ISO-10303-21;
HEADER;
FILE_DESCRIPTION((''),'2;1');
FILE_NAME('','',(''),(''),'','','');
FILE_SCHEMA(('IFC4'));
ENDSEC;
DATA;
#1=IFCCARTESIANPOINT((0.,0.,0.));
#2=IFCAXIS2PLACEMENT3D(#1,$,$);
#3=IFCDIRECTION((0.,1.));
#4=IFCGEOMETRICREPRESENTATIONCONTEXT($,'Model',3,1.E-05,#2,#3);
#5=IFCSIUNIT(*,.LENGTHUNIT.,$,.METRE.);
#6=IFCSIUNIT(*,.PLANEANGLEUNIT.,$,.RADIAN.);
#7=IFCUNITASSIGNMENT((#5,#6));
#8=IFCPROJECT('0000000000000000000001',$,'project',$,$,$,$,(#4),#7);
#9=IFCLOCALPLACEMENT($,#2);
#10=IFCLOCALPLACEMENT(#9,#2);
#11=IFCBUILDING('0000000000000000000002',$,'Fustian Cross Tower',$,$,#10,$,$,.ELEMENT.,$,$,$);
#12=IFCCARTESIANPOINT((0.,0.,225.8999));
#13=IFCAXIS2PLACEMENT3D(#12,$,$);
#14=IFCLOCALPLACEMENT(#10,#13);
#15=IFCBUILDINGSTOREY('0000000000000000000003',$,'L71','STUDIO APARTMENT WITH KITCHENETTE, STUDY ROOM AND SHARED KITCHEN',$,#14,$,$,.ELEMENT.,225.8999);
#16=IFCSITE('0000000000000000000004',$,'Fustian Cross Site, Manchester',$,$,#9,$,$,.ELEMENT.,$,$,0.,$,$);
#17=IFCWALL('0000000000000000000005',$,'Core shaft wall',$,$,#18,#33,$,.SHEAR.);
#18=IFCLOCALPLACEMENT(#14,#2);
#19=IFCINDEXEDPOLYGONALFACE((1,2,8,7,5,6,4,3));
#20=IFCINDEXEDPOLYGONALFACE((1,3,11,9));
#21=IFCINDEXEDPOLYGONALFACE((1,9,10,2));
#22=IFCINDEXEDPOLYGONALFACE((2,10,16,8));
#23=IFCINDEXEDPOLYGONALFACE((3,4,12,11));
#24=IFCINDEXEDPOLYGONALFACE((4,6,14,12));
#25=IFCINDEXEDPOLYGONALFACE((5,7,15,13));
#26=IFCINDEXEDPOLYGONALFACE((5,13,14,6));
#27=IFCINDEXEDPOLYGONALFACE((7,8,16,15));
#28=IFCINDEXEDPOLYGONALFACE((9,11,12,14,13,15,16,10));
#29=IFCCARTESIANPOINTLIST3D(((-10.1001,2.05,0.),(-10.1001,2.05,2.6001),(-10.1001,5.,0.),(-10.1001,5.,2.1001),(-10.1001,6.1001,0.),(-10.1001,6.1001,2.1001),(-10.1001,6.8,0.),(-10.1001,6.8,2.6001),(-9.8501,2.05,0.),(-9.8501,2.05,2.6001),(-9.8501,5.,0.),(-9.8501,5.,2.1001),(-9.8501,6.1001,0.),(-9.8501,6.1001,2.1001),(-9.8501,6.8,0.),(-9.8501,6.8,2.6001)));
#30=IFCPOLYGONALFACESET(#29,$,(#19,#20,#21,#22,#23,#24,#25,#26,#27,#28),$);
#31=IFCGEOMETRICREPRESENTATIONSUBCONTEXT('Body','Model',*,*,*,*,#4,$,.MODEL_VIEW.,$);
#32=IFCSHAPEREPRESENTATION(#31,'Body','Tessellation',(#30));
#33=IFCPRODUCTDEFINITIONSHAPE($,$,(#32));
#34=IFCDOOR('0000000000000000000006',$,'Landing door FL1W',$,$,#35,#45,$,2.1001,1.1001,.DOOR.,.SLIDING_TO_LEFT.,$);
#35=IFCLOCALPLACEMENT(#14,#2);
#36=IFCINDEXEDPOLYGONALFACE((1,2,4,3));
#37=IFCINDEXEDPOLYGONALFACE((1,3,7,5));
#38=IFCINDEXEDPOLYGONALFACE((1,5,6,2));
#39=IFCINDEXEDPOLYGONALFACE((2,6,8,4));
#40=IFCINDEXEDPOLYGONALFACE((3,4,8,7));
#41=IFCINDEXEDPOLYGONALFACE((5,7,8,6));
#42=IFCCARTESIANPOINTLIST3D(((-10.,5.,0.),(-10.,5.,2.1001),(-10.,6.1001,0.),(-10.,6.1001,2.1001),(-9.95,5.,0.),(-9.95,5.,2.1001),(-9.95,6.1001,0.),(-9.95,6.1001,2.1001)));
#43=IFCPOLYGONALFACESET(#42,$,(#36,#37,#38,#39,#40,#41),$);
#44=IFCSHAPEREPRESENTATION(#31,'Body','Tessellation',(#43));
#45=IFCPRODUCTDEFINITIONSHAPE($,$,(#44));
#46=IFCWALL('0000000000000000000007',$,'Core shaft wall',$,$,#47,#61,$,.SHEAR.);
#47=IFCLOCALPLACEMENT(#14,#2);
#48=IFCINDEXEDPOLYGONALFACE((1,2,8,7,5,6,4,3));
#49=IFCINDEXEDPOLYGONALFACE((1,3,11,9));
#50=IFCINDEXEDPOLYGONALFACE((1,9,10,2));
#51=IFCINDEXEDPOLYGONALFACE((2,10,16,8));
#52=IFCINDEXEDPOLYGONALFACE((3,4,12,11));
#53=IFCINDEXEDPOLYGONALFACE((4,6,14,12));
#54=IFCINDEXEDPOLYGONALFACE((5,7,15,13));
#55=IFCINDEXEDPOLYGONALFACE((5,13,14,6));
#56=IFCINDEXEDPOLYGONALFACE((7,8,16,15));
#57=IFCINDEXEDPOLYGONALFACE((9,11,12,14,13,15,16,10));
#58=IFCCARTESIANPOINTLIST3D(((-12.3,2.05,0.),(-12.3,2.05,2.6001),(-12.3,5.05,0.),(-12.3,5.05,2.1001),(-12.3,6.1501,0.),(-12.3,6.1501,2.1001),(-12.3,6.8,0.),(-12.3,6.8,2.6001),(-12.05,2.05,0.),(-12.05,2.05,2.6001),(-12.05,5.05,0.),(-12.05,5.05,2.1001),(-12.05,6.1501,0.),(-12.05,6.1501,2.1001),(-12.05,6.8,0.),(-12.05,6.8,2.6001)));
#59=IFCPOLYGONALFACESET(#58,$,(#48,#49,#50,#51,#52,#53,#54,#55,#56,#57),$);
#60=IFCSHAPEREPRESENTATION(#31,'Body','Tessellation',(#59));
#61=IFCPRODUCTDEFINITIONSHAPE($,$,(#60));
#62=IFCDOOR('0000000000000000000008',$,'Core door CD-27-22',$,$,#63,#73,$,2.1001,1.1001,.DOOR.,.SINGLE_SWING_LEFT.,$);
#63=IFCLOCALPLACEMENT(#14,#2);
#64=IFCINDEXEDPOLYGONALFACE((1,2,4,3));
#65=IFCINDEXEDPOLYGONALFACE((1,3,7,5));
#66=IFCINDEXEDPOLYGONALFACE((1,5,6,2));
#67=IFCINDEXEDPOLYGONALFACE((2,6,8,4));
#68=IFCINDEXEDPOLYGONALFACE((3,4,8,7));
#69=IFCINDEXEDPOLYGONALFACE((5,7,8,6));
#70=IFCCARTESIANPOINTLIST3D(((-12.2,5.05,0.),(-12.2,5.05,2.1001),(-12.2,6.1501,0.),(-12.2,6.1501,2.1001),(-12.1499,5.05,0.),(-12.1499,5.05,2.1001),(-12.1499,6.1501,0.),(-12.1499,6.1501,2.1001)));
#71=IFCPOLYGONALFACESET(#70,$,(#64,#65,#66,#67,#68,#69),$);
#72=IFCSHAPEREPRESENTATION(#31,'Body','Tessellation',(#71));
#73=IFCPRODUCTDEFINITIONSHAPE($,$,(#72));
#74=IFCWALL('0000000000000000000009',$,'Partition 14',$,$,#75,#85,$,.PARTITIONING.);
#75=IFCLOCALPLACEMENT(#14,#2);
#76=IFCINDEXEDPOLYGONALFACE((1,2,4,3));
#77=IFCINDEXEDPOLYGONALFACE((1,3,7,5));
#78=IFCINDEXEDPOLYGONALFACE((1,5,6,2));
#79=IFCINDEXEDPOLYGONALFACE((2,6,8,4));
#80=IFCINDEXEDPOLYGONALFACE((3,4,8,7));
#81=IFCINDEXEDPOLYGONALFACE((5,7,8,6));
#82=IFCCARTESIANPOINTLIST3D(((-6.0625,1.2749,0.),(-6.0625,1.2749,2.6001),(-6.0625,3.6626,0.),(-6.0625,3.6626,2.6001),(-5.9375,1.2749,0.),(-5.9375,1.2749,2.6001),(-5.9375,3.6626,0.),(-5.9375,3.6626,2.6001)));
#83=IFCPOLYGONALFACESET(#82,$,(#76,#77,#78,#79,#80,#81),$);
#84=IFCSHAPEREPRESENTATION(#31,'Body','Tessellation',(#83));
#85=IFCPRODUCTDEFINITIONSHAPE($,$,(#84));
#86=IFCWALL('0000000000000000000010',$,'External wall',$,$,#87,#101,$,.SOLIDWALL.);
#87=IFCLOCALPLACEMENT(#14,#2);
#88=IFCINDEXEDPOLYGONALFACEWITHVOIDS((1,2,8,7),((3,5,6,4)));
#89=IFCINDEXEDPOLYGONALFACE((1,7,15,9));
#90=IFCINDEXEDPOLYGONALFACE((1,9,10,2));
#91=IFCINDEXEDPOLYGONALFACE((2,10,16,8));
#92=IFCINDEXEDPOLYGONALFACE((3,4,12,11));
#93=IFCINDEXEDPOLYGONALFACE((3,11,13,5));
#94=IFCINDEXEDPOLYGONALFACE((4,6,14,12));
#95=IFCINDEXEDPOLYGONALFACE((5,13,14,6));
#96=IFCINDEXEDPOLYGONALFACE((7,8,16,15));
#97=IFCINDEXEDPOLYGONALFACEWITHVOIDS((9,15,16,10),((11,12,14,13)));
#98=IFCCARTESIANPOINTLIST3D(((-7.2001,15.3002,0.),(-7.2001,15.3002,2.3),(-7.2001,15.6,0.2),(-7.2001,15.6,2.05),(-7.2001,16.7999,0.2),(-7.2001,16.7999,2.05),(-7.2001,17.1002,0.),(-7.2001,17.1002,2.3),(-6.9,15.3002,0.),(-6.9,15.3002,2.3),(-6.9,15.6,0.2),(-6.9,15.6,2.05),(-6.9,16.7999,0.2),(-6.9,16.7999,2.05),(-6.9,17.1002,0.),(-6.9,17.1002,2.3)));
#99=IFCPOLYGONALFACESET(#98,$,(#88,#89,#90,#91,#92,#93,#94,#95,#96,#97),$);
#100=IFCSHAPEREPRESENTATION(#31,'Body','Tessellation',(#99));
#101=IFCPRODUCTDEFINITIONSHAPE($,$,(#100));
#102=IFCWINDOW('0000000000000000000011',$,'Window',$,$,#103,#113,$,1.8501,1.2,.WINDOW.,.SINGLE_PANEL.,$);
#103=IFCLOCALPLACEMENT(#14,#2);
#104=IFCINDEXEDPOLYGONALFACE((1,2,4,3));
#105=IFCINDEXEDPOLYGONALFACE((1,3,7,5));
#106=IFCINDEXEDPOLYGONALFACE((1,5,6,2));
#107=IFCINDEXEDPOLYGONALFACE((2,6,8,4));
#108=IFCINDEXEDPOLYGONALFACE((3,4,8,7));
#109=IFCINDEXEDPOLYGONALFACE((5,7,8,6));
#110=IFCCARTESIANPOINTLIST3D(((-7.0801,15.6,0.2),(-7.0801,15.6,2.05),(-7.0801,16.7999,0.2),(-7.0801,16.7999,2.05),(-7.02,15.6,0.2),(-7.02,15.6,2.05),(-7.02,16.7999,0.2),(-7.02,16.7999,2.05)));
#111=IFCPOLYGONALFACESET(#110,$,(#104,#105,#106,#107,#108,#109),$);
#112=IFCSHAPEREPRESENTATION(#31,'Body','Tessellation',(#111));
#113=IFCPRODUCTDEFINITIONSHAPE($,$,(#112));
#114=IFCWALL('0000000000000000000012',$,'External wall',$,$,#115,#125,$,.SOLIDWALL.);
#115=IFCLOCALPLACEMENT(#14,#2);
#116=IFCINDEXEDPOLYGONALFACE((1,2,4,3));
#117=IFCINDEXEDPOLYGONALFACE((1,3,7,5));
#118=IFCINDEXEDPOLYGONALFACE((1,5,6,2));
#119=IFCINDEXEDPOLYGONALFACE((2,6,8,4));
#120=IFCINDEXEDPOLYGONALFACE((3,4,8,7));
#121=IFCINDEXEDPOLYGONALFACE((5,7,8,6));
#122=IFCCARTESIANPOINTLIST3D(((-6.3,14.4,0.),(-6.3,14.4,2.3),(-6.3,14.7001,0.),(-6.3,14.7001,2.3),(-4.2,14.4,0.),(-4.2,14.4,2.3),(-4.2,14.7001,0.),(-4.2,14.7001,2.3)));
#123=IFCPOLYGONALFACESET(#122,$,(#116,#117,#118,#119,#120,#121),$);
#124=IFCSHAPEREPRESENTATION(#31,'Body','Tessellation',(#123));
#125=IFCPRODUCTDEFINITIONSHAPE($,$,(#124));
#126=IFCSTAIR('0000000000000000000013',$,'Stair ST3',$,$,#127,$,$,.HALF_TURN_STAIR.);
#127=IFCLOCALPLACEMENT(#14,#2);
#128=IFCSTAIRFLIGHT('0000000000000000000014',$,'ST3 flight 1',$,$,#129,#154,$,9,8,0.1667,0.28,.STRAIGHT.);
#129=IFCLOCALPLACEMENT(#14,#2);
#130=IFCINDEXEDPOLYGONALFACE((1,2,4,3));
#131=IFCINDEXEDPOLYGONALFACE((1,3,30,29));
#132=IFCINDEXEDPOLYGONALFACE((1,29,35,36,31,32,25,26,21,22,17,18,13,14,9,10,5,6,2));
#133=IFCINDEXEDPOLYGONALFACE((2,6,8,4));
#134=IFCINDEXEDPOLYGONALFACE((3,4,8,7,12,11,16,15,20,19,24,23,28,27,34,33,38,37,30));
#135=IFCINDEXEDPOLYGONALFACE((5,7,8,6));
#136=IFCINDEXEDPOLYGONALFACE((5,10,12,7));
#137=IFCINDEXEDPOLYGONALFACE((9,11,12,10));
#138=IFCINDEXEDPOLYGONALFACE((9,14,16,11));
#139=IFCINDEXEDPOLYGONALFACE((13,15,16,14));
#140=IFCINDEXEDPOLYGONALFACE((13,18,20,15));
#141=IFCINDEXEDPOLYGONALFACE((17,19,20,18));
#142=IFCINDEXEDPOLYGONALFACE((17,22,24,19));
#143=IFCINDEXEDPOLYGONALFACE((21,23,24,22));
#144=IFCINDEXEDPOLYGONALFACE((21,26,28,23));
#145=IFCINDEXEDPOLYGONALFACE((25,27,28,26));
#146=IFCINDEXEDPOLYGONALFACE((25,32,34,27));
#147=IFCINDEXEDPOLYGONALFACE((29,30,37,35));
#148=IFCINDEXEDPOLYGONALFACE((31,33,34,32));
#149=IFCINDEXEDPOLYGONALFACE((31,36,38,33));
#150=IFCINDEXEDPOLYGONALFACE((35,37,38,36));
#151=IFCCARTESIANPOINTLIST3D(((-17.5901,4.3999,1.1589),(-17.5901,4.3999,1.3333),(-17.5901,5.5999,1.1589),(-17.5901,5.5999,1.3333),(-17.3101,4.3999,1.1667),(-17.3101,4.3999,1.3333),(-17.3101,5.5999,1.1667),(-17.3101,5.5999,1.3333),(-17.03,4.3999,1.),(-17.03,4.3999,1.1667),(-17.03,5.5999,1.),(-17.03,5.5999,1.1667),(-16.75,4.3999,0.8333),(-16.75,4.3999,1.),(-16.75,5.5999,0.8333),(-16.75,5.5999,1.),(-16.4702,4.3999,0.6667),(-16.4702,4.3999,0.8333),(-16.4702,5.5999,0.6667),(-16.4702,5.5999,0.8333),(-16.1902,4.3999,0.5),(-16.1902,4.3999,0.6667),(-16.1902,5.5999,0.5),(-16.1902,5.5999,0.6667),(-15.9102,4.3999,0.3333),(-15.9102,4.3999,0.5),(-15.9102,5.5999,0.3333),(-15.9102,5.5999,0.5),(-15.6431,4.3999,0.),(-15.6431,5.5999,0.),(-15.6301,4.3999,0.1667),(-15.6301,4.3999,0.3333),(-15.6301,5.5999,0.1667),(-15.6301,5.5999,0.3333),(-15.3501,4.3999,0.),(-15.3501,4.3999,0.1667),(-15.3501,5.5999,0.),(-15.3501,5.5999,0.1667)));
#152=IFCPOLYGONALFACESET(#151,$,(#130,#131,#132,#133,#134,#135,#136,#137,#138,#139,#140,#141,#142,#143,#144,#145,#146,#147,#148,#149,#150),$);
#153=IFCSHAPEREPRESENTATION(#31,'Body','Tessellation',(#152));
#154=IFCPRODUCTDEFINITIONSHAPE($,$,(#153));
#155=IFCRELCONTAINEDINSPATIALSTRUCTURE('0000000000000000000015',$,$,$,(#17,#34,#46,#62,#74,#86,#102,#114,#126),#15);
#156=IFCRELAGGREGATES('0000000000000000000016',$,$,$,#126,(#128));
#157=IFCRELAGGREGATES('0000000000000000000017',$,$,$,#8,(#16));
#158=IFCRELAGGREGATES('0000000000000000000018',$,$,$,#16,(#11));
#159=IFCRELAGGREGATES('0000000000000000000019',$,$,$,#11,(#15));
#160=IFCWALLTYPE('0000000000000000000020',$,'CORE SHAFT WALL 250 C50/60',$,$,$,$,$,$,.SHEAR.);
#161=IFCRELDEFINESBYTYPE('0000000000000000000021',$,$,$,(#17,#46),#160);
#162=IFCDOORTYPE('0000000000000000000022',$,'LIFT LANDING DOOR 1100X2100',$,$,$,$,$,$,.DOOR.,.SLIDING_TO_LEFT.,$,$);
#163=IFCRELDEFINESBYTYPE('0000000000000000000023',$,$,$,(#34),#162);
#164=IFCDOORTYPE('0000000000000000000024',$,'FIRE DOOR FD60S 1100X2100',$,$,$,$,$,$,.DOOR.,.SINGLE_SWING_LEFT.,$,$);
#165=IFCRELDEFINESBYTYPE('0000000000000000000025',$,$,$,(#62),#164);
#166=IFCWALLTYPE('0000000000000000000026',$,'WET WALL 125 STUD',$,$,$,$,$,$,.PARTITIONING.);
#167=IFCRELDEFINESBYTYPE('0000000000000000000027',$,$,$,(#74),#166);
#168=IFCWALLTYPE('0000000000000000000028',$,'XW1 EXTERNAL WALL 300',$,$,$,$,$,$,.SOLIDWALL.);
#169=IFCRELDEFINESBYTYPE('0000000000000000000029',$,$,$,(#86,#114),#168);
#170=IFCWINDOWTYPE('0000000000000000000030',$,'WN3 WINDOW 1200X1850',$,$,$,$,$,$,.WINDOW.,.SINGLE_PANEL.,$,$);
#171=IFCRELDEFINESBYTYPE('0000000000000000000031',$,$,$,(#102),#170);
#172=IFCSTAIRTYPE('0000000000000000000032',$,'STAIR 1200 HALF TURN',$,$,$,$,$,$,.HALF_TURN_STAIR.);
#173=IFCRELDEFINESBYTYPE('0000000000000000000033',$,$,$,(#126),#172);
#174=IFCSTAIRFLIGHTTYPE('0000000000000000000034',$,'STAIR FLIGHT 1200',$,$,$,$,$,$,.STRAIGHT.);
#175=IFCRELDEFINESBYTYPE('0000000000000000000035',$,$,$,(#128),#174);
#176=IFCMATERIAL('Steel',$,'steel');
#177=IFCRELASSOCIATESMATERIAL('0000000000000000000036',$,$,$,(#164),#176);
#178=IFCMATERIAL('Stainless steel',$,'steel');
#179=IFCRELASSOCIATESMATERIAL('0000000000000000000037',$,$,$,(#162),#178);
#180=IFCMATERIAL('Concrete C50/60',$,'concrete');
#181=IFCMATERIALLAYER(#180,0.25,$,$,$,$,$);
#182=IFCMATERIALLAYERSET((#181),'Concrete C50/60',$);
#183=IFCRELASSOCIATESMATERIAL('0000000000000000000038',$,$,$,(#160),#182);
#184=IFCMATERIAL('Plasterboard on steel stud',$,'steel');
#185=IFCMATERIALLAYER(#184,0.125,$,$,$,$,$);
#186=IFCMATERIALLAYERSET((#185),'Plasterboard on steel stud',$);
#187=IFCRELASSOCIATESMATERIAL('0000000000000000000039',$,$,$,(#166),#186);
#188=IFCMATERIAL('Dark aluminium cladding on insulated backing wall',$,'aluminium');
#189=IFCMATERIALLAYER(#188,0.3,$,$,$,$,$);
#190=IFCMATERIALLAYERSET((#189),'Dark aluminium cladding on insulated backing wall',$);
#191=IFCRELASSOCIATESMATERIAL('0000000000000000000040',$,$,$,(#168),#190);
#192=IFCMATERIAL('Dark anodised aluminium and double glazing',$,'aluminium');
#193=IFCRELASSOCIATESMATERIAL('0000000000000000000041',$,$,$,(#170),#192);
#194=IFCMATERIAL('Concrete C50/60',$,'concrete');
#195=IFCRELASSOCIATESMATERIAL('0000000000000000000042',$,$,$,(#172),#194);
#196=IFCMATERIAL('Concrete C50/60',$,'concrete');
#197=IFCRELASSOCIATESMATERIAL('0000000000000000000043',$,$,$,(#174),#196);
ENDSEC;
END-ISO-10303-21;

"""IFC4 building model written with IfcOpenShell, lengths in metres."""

from ifc_helpers import new_model, si_unit, direction, frame, frame_2d, origin, place, context, subcontext, project, spatial, polyline, rectangle, outline, extrude, material, layer, layer_set, type_object, element, fill, aggregate, save


model = new_model("IFC4")

# Units and contexts
model_context = context("Model", 3, precision=1e-05, world=origin(), true_north=direction((0.0, 1.0)))
body_context = subcontext(model_context, "Body", "Model", "MODEL_VIEW")
ifc_project = project(units=[si_unit("LENGTHUNIT", "METRE"), si_unit("PLANEANGLEUNIT", "RADIAN")], contexts=[model_context])

# Site, building, storey
site_placement = place(None, origin())
site = spatial("IfcSite", under=ifc_project, at=site_placement, Name="Fustian Cross Site, Manchester", CompositionType="ELEMENT", RefElevation=0.0)
building_placement = place(site_placement, origin())
building = spatial("IfcBuilding", under=site, at=building_placement, Name="Fustian Cross Tower", CompositionType="ELEMENT")
storey_placement = place(building_placement, frame((0.0, 0.0, 225.8999)))
storey = spatial("IfcBuildingStorey", under=building, at=storey_placement, Name="L71", Description="STUDIO APARTMENT WITH KITCHENETTE, STUDY ROOM AND SHARED KITCHEN", CompositionType="ELEMENT", Elevation=225.8999)

# Shared definitions
ifc_material_1 = material(Name="Steel", Category="steel")
door_type_1 = type_object("IfcDoorType", Name="FIRE DOOR FD60S 1100X2100", OperationType="SINGLE_SWING_LEFT", PredefinedType="DOOR", material=ifc_material_1)
ifc_material_2 = material(Name="Stainless steel", Category="steel")
door_type_2 = type_object("IfcDoorType", Name="LIFT LANDING DOOR 1100X2100", OperationType="SLIDING_TO_LEFT", PredefinedType="DOOR", material=ifc_material_2)

# Shared definitions
ifc_material_3 = material(Name="Concrete C50/60", Category="concrete")
ifc_layer_1 = layer(ifc_material_3, 0.25)
ifc_layer_set_1 = layer_set([ifc_layer_1], Name="Concrete C50/60")
wall_type_1 = type_object("IfcWallType", Name="CORE SHAFT WALL 250 C50/60", PredefinedType="SHEAR", material=ifc_layer_set_1)

# Walls, openings, doors
wall_1_placement = place(storey_placement, frame((-9.9751, 2.05, 0.0), z_axis=(0.0, 0.0, 1.0), x_axis=(0.0, 1.0, 0.0)))
wall_1 = element("IfcWall", 1, at=wall_1_placement, inside=storey, type_object=wall_type_1, Name="Core shaft wall", PredefinedType="SHEAR", context=body_context, shape_type="SweptSolid", body=[
    extrude(rectangle(XDim=4.75, YDim=0.25, at=frame_2d((2.375, 0.0))), origin(), (0.0, 0.0, 1.0), 2.6001),
])
opening_1_placement = place(wall_1_placement, frame((2.95, 0.0, 0.0)))
opening_1 = element("IfcOpeningElement", 2, at=opening_1_placement, cuts=wall_1, PredefinedType="OPENING", context=body_context, shape_type="SweptSolid", body=[
    extrude(rectangle(XDim=1.1001, YDim=2.1001, at=frame_2d((0.55, 1.05))), frame((0.0, 0.135, 0.0), z_axis=(0.0, -1.0, 0.0), x_axis=(1.0, 0.0, 0.0)), (0.0, 0.0, 1.0), 0.27),
])
door_1_placement = place(opening_1_placement, origin())
door_1 = element("IfcDoor", 3, at=door_1_placement, inside=storey, type_object=door_type_2, Name="Landing door FL1W", OperationType="SLIDING_TO_LEFT", OverallHeight=2.1001, OverallWidth=1.1001, PredefinedType="DOOR", context=body_context, shape_type="SweptSolid", body=[
    extrude(rectangle(XDim=1.1001, YDim=2.1001, at=frame_2d((0.55, 1.05))), frame((0.0, 0.0249, 0.0), z_axis=(0.0, -1.0, 0.0), x_axis=(1.0, 0.0, 0.0)), (0.0, 0.0, 1.0), 0.05),
])
fill(opening_1, door_1)
wall_2_placement = place(storey_placement, frame((-12.175, 2.05, 0.0), z_axis=(0.0, 0.0, 1.0), x_axis=(0.0, 1.0, 0.0)))
wall_2 = element("IfcWall", 4, at=wall_2_placement, inside=storey, type_object=wall_type_1, Name="Core shaft wall", PredefinedType="SHEAR", context=body_context, shape_type="SweptSolid", body=[
    extrude(rectangle(XDim=4.75, YDim=0.25, at=frame_2d((2.375, 0.0))), origin(), (0.0, 0.0, 1.0), 2.6001),
])
opening_2_placement = place(wall_2_placement, frame((3.0, 0.0, 0.0)))
opening_2 = element("IfcOpeningElement", 5, at=opening_2_placement, cuts=wall_2, PredefinedType="OPENING", context=body_context, shape_type="SweptSolid", body=[
    extrude(rectangle(XDim=1.1001, YDim=2.1001, at=frame_2d((0.55, 1.05))), frame((0.0, 0.135, 0.0), z_axis=(0.0, -1.0, 0.0), x_axis=(1.0, 0.0, 0.0)), (0.0, 0.0, 1.0), 0.27),
])
door_2_placement = place(opening_2_placement, origin())
door_2 = element("IfcDoor", 6, at=door_2_placement, inside=storey, type_object=door_type_1, Name="Core door CD-27-22", OperationType="SINGLE_SWING_LEFT", OverallHeight=2.1001, OverallWidth=1.1001, PredefinedType="DOOR", context=body_context, shape_type="SweptSolid", body=[
    extrude(rectangle(XDim=1.1001, YDim=2.1001, at=frame_2d((0.55, 1.05))), frame((0.0, 0.0249, 0.0), z_axis=(0.0, -1.0, 0.0), x_axis=(1.0, 0.0, 0.0)), (0.0, 0.0, 1.0), 0.05),
])
fill(opening_2, door_2)

# Wall
ifc_material_4 = material(Name="Plasterboard on steel stud", Category="steel")
ifc_layer_2 = layer(ifc_material_4, 0.125)
ifc_layer_set_2 = layer_set([ifc_layer_2], Name="Plasterboard on steel stud")
wall_type_2 = type_object("IfcWallType", Name="WET WALL 125 STUD", PredefinedType="PARTITIONING", material=ifc_layer_set_2)
wall_3_placement = place(storey_placement, frame((-6.0, 1.2749, 0.0), z_axis=(0.0, 0.0, 1.0), x_axis=(0.0, 1.0, 0.0)))
element("IfcWall", 7, at=wall_3_placement, inside=storey, type_object=wall_type_2, Name="Partition 14", PredefinedType="PARTITIONING", context=body_context, shape_type="SweptSolid", body=[
    extrude(rectangle(XDim=2.3877, YDim=0.125, at=frame_2d((1.1938, 0.0))), origin(), (0.0, 0.0, 1.0), 2.6001),
])

# Wall, opening, window
ifc_material_5 = material(Name="Dark aluminium cladding on insulated backing wall", Category="aluminium")
ifc_layer_3 = layer(ifc_material_5, 0.3)
ifc_layer_set_3 = layer_set([ifc_layer_3], Name="Dark aluminium cladding on insulated backing wall")
wall_type_3 = type_object("IfcWallType", Name="XW1 EXTERNAL WALL 300", PredefinedType="SOLIDWALL", material=ifc_layer_set_3)
wall_4_placement = place(storey_placement, frame((-7.05, 17.1001, 0.0), z_axis=(0.0, 0.0, 1.0), x_axis=(0.0, -1.0, 0.0)))
wall_4 = element("IfcWall", 8, at=wall_4_placement, inside=storey, type_object=wall_type_3, Name="External wall", PredefinedType="SOLIDWALL", context=body_context, shape_type="SweptSolid", body=[
    extrude(rectangle(XDim=1.8, YDim=0.3, at=frame_2d((0.8999, 0.0))), origin(), (0.0, 0.0, 1.0), 2.3),
])
opening_3_placement = place(wall_4_placement, frame((0.3, 0.0, 0.2)))
opening_3 = element("IfcOpeningElement", 9, at=opening_3_placement, cuts=wall_4, PredefinedType="OPENING", context=body_context, shape_type="SweptSolid", body=[
    extrude(rectangle(XDim=1.2, YDim=1.8501, at=frame_2d((0.6001, 0.925))), frame((0.0, 0.1599, 0.0), z_axis=(0.0, -1.0, 0.0), x_axis=(1.0, 0.0, 0.0)), (0.0, 0.0, 1.0), 0.3201),
])
ifc_material_6 = material(Name="Dark anodised aluminium and double glazing", Category="aluminium")
window_type = type_object("IfcWindowType", Name="WN3 WINDOW 1200X1850", PartitioningType="SINGLE_PANEL", PredefinedType="WINDOW", material=ifc_material_6)
window_placement = place(opening_3_placement, origin())
window = element("IfcWindow", 10, at=window_placement, inside=storey, type_object=window_type, Name="Window", OverallHeight=1.8501, OverallWidth=1.2, PartitioningType="SINGLE_PANEL", PredefinedType="WINDOW", context=body_context, shape_type="SweptSolid", body=[
    extrude(rectangle(XDim=1.2, YDim=1.8501, at=frame_2d((0.6001, 0.925))), frame((0.0, 0.03, 0.0), z_axis=(0.0, -1.0, 0.0), x_axis=(1.0, 0.0, 0.0)), (0.0, 0.0, 1.0), 0.0601),
])
fill(opening_3, window)

# Wall
wall_5_placement = place(storey_placement, frame((-6.3, 14.55, 0.0), z_axis=(0.0, 0.0, 1.0), x_axis=(1.0, 0.0, 0.0)))
element("IfcWall", 11, at=wall_5_placement, inside=storey, type_object=wall_type_3, Name="External wall", PredefinedType="SOLIDWALL", context=body_context, shape_type="SweptSolid", body=[
    extrude(rectangle(XDim=2.1001, YDim=0.3, at=frame_2d((1.05, 0.0))), origin(), (0.0, 0.0, 1.0), 2.3),
])

# Stair, stair flight
ifc_material_7 = material(Name="Concrete C50/60", Category="concrete")
stair_type = type_object("IfcStairType", Name="STAIR 1200 HALF TURN", PredefinedType="HALF_TURN_STAIR", material=ifc_material_7)
stair_placement = place(storey_placement, origin())
stair = element("IfcStair", 12, at=stair_placement, inside=storey, type_object=stair_type, Name="Stair ST3", PredefinedType="HALF_TURN_STAIR")
ifc_material_8 = material(Name="Concrete C50/60", Category="concrete")
stair_flight_type = type_object("IfcStairFlightType", Name="STAIR FLIGHT 1200", PredefinedType="STRAIGHT", material=ifc_material_8)
stair_flight_placement = place(storey_placement, frame((-15.3501, 5.0, 0.0), z_axis=(0.0, 0.0, 1.0), x_axis=(-1.0, 0.0, 0.0)))
stair_flight = element("IfcStairFlight", 13, at=stair_flight_placement, type_object=stair_flight_type, Name="ST3 flight 1", NumberOfRisers=9, NumberOfTreads=8, PredefinedType="STRAIGHT", RiserHeight=0.1667, TreadLength=0.28, context=body_context, shape_type="SweptSolid", body=[
    extrude(outline(polyline([(0.0, 0.0), (0.0, 0.1667), (0.28, 0.1667), (0.28, 0.3333), (0.5601, 0.3333), (0.5601, 0.5), (0.8401, 0.5), (0.8401, 0.6667), (1.1201, 0.6667), (1.1201, 0.8333), (1.3999, 0.8333), (1.3999, 1.0), (1.6799, 1.0), (1.6799, 1.1667), (1.96, 1.1667), (1.96, 1.3333), (2.24, 1.3333), (2.24, 1.5), (2.24, 1.1589), (0.293, 0.0), (0.0, 0.0)])), frame((0.0, 0.6001, 0.0), z_axis=(0.0, -1.0, 0.0), x_axis=(1.0, 0.0, 0.0)), (0.0, 0.0, 1.0), 1.2),
])
aggregate(stair, [stair_flight])

save(model, "model.ifc")
